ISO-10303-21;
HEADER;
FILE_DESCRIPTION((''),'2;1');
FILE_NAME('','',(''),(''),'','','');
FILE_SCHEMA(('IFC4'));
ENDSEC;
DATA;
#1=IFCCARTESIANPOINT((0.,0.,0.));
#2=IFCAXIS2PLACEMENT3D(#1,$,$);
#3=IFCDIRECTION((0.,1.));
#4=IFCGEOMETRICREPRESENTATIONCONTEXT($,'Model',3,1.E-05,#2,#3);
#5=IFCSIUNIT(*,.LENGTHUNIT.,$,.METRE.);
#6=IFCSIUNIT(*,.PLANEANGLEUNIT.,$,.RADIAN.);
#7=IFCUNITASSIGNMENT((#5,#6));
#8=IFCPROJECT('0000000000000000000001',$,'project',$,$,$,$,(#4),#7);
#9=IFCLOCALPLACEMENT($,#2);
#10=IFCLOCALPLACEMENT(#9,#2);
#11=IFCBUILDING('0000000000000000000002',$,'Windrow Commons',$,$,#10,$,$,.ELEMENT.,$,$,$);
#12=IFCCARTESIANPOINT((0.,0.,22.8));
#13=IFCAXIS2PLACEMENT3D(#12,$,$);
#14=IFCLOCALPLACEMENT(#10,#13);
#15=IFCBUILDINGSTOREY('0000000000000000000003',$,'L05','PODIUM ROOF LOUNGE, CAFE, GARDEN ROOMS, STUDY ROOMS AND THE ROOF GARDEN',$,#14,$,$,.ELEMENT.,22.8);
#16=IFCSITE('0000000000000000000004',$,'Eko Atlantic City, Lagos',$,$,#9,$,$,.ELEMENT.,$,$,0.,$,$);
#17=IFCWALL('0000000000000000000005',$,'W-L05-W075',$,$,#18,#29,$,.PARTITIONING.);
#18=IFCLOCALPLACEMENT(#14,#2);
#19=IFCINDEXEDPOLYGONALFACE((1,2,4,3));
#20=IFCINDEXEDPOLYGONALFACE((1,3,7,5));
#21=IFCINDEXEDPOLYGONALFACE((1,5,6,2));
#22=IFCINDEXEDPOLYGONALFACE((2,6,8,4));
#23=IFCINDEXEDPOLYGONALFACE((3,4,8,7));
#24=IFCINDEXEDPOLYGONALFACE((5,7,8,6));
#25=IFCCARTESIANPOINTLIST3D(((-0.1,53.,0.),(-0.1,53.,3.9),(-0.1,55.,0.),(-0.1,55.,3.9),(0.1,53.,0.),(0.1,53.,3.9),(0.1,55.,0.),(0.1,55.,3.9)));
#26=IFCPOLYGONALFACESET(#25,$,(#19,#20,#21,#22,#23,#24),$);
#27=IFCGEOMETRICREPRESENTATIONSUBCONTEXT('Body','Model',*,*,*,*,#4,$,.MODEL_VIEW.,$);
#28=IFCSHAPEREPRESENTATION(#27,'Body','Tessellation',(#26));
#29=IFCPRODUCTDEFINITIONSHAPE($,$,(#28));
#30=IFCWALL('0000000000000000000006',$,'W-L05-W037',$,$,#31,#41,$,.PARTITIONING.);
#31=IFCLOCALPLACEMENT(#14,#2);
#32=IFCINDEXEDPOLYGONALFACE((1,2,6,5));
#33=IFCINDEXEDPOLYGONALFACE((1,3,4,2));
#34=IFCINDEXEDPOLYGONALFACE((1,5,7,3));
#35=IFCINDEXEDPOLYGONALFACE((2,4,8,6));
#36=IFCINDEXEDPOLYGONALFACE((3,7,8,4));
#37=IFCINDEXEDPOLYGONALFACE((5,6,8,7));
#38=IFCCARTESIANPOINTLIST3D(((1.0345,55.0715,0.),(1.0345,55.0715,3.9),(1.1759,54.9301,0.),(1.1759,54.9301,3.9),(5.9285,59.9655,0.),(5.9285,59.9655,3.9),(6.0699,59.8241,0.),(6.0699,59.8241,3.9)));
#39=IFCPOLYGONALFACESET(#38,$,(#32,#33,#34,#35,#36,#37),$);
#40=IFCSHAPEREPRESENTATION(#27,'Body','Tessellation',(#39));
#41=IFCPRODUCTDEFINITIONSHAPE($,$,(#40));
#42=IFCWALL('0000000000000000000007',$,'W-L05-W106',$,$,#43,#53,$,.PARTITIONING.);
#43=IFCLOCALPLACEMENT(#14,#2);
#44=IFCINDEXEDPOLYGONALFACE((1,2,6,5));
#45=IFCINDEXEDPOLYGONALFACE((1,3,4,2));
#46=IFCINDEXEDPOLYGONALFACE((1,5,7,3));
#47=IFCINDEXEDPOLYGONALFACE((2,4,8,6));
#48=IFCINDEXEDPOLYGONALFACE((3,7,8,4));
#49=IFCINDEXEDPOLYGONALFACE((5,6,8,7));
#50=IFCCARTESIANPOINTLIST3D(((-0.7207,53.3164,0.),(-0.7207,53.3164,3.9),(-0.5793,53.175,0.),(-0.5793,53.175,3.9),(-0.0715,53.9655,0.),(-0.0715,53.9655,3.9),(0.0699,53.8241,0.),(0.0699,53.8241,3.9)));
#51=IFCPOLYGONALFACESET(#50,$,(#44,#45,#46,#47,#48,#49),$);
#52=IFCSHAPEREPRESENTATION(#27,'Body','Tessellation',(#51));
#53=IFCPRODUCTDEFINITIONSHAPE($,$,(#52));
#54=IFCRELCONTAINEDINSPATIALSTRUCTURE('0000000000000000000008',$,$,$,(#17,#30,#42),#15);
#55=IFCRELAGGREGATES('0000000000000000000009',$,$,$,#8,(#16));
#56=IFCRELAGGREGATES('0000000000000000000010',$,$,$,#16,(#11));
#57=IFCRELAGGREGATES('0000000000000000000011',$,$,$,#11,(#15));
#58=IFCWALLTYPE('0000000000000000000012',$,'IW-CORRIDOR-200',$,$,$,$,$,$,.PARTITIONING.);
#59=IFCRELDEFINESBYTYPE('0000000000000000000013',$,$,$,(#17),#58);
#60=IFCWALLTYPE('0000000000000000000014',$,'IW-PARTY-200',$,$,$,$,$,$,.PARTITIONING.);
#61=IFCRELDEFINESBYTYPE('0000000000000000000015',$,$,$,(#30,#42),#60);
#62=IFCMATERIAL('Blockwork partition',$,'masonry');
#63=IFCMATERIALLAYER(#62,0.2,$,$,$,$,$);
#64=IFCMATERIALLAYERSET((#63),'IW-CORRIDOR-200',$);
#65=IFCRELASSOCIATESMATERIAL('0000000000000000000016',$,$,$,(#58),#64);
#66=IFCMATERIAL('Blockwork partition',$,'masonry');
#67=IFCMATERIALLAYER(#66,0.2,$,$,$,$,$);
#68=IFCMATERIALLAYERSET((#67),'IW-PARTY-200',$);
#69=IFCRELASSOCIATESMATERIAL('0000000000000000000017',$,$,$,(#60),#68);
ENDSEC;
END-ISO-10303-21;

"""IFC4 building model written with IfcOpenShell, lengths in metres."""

from ifc_helpers import new_model, si_unit, direction, frame, frame_2d, origin, place, context, subcontext, project, spatial, rectangle, extrude, material, layer, layer_set, type_object, element, save


model = new_model("IFC4")

# Units and contexts
model_context = context("Model", 3, precision=1e-05, world=origin(), true_north=direction((0.0, 1.0)))
body_context = subcontext(model_context, "Body", "Model", "MODEL_VIEW")
ifc_project = project(units=[si_unit("LENGTHUNIT", "METRE"), si_unit("PLANEANGLEUNIT", "RADIAN")], contexts=[model_context])

# Site, building, storey
site_placement = place(None, origin())
site = spatial("IfcSite", under=ifc_project, at=site_placement, Name="Eko Atlantic City, Lagos", CompositionType="ELEMENT", RefElevation=0.0)
building_placement = place(site_placement, origin())
building = spatial("IfcBuilding", under=site, at=building_placement, Name="Windrow Commons", CompositionType="ELEMENT")
storey_placement = place(building_placement, frame((0.0, 0.0, 22.8)))
storey = spatial("IfcBuildingStorey", under=building, at=storey_placement, Name="L05", Description="PODIUM ROOF LOUNGE, CAFE, GARDEN ROOMS, STUDY ROOMS AND THE ROOF GARDEN", CompositionType="ELEMENT", Elevation=22.8)

# Shared definitions
ifc_material_1 = material(Name="Blockwork partition", Category="masonry")
ifc_layer_1 = layer(ifc_material_1, 0.2)
ifc_layer_set_1 = layer_set([ifc_layer_1], Name="IW-CORRIDOR-200")
wall_type_1 = type_object("IfcWallType", Name="IW-CORRIDOR-200", PredefinedType="PARTITIONING", material=ifc_layer_set_1)

# Walls
wall_1_placement = place(storey_placement, frame((0.0, 53.0, 0.0), z_axis=(0.0, 0.0, 1.0), x_axis=(0.0, 1.0, 0.0)))
element("IfcWall", 1, at=wall_1_placement, inside=storey, type_object=wall_type_1, Name="W-L05-W075", PredefinedType="PARTITIONING", context=body_context, shape_type="SweptSolid", body=[
    extrude(rectangle(XDim=2.0, YDim=0.2, at=frame_2d((1.0, 0.0))), origin(), (0.0, 0.0, 1.0), 3.9),
])
ifc_material_2 = material(Name="Blockwork partition", Category="masonry")
ifc_layer_2 = layer(ifc_material_2, 0.2)
ifc_layer_set_2 = layer_set([ifc_layer_2], Name="IW-PARTY-200")
wall_type_2 = type_object("IfcWallType", Name="IW-PARTY-200", PredefinedType="PARTITIONING", material=ifc_layer_set_2)
wall_2_placement = place(storey_placement, frame((1.1052, 55.0008, 0.0), z_axis=(0.0, 0.0, 1.0), x_axis=(0.707107, 0.707107, 0.0)))
element("IfcWall", 2, at=wall_2_placement, inside=storey, type_object=wall_type_2, Name="W-L05-W037", PredefinedType="PARTITIONING", context=body_context, shape_type="SweptSolid", body=[
    extrude(rectangle(XDim=6.9212, YDim=0.2, at=frame_2d((3.4606, 0.0))), origin(), (0.0, 0.0, 1.0), 3.9),
])
wall_3_placement = place(storey_placement, frame((-0.65, 53.2457, 0.0), z_axis=(0.0, 0.0, 1.0), x_axis=(0.707161, 0.707052, 0.0)))
element("IfcWall", 3, at=wall_3_placement, inside=storey, type_object=wall_type_2, Name="W-L05-W106", PredefinedType="PARTITIONING", context=body_context, shape_type="SweptSolid", body=[
    extrude(rectangle(XDim=0.918, YDim=0.2, at=frame_2d((0.459, 0.0))), origin(), (0.0, 0.0, 1.0), 3.9),
])

save(model, "model.ifc")
